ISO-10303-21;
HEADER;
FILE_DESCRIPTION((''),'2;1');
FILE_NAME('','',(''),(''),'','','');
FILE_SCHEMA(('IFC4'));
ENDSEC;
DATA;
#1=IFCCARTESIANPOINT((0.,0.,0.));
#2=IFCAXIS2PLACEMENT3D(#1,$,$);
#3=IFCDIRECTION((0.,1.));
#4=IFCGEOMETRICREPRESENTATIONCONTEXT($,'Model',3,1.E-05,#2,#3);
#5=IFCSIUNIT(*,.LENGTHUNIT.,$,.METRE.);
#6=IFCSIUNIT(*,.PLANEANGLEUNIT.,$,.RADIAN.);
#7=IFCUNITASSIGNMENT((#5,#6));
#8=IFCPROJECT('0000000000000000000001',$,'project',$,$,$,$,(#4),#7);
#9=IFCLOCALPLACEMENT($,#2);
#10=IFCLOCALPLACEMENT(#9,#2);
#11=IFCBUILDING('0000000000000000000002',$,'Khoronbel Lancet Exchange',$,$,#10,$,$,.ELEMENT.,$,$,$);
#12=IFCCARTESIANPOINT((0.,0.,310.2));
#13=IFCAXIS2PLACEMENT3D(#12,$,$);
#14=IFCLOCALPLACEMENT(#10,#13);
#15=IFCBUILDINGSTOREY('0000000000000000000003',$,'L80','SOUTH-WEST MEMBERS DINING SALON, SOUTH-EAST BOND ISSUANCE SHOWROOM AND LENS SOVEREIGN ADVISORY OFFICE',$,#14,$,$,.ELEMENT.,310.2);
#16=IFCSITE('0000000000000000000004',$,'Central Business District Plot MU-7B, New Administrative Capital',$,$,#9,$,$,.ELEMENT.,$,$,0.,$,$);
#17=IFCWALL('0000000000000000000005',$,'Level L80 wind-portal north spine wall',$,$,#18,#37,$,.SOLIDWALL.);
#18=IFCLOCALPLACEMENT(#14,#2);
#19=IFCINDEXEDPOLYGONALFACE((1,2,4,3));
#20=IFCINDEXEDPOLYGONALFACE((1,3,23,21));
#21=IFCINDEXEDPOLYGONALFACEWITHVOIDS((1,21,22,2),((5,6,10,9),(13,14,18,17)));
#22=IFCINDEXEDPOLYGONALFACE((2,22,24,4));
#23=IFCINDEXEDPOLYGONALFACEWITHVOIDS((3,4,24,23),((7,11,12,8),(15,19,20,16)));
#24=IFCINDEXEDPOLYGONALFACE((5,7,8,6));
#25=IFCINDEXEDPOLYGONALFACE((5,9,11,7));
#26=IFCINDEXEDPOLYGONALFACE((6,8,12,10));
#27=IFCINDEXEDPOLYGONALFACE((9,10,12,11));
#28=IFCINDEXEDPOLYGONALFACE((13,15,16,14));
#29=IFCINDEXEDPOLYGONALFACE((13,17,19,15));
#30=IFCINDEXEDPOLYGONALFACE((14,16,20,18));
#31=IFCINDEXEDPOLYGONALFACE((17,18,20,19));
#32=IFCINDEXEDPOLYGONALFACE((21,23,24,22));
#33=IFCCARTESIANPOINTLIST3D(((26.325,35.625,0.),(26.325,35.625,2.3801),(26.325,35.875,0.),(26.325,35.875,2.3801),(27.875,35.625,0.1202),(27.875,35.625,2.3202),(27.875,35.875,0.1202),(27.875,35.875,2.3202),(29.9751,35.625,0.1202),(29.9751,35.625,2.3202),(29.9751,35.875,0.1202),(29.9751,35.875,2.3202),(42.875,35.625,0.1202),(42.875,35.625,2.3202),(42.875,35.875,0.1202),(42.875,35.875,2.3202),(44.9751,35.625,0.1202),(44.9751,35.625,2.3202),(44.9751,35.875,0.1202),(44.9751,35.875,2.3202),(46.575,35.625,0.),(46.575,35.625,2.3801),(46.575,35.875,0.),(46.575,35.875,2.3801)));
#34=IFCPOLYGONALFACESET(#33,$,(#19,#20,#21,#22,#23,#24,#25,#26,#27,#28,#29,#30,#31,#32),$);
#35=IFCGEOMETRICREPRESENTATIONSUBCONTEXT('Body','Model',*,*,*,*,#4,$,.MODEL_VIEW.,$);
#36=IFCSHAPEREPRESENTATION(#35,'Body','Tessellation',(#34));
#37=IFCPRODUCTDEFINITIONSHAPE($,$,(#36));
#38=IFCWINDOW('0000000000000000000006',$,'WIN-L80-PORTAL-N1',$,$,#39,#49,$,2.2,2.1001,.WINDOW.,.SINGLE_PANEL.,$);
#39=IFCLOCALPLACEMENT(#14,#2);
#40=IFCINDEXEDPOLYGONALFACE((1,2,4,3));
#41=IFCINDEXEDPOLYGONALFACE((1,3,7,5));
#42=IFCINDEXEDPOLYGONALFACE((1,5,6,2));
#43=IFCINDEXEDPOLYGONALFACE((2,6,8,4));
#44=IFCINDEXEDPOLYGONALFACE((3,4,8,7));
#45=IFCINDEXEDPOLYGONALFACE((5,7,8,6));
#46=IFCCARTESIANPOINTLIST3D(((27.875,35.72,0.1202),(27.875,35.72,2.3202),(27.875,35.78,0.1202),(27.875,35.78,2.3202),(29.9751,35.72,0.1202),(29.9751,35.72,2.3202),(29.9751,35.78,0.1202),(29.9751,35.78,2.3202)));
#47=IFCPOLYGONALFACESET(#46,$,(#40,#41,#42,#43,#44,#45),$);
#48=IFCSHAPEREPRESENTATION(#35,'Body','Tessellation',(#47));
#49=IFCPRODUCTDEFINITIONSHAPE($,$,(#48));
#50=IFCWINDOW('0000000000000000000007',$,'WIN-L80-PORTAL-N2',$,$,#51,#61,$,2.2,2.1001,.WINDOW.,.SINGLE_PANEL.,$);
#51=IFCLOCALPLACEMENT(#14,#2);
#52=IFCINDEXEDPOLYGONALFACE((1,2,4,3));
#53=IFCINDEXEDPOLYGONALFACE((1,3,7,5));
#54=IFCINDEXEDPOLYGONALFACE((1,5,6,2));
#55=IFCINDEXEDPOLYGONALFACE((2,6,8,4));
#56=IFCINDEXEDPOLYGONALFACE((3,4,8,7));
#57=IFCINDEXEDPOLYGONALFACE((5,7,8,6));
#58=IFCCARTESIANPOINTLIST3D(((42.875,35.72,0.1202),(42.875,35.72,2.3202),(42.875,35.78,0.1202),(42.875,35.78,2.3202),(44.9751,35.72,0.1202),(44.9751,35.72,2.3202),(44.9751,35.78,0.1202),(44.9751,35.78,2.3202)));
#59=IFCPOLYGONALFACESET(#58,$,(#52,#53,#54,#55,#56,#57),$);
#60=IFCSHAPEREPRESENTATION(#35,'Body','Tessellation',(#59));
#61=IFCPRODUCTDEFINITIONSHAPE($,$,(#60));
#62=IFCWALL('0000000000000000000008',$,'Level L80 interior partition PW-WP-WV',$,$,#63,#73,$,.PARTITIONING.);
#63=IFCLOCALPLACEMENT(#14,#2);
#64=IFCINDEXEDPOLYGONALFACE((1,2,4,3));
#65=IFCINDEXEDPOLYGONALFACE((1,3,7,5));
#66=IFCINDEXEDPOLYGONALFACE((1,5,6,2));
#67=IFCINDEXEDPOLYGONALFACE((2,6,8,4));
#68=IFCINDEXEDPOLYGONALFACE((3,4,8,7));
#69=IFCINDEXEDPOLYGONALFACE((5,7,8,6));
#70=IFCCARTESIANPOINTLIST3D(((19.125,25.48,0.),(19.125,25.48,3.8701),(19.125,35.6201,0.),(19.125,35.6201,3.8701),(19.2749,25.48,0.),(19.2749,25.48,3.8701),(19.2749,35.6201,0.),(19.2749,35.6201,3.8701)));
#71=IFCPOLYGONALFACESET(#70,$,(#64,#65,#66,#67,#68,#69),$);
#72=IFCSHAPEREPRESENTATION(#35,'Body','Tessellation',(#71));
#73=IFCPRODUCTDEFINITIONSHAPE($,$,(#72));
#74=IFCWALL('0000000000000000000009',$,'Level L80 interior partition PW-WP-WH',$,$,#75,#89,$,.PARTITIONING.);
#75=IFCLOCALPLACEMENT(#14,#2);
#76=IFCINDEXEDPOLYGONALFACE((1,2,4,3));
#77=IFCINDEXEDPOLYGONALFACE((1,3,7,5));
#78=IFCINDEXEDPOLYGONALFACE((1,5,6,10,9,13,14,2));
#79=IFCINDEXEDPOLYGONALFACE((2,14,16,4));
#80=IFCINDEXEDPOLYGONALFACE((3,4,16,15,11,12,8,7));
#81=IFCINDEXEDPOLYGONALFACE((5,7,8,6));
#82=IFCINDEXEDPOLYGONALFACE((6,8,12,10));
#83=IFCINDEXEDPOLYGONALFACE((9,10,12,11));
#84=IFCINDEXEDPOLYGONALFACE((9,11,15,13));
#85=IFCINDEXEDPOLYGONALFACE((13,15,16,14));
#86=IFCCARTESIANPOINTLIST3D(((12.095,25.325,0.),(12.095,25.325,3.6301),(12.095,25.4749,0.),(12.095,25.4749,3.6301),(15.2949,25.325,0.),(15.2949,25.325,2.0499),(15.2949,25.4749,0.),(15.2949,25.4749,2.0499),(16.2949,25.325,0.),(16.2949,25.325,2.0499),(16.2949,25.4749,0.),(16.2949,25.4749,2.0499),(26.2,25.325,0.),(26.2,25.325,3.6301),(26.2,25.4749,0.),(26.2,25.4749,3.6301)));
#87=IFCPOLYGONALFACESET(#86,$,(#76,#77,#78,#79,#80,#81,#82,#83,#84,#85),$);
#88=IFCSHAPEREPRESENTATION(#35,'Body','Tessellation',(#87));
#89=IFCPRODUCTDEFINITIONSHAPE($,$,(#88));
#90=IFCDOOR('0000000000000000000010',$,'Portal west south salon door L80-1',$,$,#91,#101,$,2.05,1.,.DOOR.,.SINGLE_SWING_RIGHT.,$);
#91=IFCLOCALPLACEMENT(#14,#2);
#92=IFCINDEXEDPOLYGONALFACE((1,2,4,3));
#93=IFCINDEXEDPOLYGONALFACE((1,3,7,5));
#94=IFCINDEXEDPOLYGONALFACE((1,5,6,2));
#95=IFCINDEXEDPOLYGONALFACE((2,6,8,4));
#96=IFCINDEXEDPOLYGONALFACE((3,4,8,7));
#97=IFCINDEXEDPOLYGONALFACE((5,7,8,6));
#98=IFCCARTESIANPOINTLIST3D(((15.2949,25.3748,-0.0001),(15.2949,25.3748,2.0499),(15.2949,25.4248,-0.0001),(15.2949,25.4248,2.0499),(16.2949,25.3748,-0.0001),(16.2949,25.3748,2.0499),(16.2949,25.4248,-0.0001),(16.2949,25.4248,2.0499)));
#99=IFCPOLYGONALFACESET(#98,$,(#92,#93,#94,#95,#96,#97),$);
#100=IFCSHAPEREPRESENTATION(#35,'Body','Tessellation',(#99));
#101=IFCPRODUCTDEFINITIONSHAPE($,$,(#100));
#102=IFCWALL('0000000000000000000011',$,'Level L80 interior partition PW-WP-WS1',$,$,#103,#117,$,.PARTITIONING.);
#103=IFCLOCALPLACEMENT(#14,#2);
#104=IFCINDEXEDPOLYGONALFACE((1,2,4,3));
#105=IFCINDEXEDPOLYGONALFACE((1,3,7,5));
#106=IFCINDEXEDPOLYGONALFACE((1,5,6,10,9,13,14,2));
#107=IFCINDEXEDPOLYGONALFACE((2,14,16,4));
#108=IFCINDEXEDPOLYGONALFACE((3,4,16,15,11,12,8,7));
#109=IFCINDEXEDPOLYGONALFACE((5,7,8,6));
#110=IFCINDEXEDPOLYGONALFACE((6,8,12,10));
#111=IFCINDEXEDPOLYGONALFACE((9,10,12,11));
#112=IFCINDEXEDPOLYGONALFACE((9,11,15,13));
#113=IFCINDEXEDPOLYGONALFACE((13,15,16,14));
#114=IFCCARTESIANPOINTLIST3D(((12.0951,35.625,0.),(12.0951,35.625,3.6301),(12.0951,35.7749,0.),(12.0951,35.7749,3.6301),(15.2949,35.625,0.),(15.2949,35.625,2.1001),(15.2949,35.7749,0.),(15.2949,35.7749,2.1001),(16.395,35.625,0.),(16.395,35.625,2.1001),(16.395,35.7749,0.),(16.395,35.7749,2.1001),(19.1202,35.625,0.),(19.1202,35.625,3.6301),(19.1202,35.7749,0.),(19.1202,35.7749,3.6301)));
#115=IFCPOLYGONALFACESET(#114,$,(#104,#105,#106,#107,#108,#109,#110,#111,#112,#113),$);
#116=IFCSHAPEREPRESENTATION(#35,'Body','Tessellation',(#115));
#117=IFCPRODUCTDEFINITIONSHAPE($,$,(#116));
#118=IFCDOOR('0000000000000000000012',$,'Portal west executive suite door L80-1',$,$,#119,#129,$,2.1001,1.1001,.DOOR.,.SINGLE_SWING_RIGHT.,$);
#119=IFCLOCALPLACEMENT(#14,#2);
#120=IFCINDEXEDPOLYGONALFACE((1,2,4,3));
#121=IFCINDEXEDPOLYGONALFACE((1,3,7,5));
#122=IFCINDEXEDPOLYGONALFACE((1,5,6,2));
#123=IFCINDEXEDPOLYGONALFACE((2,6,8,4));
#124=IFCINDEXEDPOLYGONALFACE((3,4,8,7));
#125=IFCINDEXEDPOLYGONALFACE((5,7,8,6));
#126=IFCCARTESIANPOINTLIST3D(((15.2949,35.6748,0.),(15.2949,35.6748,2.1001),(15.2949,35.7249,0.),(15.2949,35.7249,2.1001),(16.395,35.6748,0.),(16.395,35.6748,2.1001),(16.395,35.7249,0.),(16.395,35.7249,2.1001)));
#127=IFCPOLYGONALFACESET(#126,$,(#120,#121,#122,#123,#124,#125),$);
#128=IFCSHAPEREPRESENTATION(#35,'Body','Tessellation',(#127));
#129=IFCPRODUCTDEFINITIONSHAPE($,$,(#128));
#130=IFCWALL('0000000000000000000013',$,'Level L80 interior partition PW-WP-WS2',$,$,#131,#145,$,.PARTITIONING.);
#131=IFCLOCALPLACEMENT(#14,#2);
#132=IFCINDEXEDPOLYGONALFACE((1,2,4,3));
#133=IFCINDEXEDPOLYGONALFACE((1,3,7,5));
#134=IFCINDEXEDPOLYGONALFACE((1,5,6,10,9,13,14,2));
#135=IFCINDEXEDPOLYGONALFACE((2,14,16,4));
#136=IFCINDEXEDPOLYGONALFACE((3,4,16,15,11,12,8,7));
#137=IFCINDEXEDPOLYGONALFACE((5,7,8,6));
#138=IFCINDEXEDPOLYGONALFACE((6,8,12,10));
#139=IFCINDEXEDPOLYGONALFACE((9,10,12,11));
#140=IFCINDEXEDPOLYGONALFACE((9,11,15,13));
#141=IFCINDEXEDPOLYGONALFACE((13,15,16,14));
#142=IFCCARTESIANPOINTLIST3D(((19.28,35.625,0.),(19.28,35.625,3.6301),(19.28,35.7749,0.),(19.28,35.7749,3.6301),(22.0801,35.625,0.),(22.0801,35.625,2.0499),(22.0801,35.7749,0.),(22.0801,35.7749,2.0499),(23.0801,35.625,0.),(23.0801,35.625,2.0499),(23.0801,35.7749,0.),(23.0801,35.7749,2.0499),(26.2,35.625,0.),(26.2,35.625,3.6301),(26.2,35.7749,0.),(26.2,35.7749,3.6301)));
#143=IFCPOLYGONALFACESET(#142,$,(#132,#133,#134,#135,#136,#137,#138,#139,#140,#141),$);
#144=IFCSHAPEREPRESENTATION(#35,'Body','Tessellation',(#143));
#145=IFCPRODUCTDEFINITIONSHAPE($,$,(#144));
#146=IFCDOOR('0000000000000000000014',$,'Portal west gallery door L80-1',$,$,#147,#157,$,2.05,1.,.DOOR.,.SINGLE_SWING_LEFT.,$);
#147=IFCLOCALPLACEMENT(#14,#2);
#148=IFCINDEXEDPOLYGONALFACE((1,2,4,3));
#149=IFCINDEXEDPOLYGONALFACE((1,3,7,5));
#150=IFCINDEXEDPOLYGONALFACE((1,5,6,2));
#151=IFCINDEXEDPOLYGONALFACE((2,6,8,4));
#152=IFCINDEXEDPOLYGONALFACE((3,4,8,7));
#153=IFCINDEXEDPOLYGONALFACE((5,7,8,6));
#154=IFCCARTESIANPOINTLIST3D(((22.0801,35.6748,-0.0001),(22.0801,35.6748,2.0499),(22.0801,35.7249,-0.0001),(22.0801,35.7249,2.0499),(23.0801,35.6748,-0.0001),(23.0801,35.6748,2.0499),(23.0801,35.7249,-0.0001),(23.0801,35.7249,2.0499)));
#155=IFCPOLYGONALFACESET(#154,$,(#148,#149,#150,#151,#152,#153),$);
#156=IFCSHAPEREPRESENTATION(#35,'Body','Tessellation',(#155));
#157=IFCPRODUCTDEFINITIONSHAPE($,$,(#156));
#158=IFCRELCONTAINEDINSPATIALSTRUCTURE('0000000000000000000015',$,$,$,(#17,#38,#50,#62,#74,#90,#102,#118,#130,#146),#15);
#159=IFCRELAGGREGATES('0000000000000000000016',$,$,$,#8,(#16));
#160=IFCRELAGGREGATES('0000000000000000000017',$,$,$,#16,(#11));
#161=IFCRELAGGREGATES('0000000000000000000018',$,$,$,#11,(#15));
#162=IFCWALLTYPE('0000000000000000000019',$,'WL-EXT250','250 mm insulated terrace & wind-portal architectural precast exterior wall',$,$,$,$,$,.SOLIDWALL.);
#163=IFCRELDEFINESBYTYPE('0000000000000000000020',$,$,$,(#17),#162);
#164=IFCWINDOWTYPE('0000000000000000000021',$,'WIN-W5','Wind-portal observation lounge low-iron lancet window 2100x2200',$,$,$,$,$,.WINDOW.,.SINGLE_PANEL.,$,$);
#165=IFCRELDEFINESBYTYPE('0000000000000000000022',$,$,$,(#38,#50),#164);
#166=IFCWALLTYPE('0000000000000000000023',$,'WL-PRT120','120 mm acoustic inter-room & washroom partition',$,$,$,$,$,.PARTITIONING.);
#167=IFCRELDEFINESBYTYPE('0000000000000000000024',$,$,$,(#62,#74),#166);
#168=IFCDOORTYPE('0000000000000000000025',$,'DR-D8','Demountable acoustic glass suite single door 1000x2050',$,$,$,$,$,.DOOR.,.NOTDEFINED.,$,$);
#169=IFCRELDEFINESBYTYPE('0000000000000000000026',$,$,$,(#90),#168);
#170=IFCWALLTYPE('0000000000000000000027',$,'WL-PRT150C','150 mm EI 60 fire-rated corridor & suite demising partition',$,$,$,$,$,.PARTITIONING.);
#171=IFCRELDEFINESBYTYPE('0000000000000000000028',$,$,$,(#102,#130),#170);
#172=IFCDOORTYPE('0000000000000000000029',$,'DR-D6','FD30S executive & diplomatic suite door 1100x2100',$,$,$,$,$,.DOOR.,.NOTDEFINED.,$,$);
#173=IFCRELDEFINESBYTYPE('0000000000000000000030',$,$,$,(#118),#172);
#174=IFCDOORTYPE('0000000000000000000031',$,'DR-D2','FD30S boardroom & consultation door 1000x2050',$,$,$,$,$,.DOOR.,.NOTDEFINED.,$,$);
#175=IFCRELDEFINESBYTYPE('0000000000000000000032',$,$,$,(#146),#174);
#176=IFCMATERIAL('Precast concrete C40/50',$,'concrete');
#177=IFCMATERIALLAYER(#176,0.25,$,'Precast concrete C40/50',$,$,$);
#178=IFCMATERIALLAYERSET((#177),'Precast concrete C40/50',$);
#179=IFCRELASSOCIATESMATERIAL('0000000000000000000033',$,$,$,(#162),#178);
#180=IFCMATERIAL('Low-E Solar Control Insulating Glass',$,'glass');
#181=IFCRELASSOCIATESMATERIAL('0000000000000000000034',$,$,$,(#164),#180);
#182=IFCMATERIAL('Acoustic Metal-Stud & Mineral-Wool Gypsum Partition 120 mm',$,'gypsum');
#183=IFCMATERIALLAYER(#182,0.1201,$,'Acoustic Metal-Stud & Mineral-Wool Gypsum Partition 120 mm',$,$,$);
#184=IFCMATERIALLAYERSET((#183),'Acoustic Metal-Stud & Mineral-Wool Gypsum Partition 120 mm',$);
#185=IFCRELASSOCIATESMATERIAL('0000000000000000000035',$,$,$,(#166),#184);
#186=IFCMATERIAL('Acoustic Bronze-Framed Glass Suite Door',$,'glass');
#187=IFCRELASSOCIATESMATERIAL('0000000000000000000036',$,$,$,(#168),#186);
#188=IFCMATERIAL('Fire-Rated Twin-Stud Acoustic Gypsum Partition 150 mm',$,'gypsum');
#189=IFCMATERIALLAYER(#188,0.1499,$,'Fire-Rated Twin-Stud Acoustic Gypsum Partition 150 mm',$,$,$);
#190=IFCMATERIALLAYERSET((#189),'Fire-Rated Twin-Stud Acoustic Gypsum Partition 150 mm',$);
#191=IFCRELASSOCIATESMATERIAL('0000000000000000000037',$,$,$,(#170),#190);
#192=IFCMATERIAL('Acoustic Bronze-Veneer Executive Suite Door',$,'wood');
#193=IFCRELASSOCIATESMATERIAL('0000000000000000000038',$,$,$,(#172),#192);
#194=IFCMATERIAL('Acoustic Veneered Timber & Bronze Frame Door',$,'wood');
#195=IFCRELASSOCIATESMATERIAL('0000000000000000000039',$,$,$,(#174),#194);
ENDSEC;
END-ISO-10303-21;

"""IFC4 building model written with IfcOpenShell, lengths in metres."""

from ifc_helpers import new_model, si_unit, direction, frame, frame_2d, origin, place, context, subcontext, project, spatial, rectangle, extrude, material, layer, layer_set, type_object, element, fill, save


model = new_model("IFC4")

# Units and contexts
model_context = context("Model", 3, precision=1e-05, world=origin(), true_north=direction((0.0, 1.0)))
body_context = subcontext(model_context, "Body", "Model", "MODEL_VIEW")
ifc_project = project(units=[si_unit("LENGTHUNIT", "METRE"), si_unit("PLANEANGLEUNIT", "RADIAN")], contexts=[model_context])

# Site, building, storey
site_placement = place(None, origin())
site = spatial("IfcSite", under=ifc_project, at=site_placement, Name="Central Business District Plot MU-7B, New Administrative Capital", CompositionType="ELEMENT", RefElevation=0.0)
building_placement = place(site_placement, origin())
building = spatial("IfcBuilding", under=site, at=building_placement, Name="Khoronbel Lancet Exchange", CompositionType="ELEMENT")
storey_placement = place(building_placement, frame((0.0, 0.0, 310.2)))
storey = spatial("IfcBuildingStorey", under=building, at=storey_placement, Name="L80", Description="SOUTH-WEST MEMBERS DINING SALON, SOUTH-EAST BOND ISSUANCE SHOWROOM AND LENS SOVEREIGN ADVISORY OFFICE", CompositionType="ELEMENT", Elevation=310.2)

# Wall, openings, windows
ifc_material_1 = material(Name="Precast concrete C40/50", Category="concrete")
ifc_layer_1 = layer(ifc_material_1, 0.25, Name="Precast concrete C40/50")
ifc_layer_set_1 = layer_set([ifc_layer_1], Name="Precast concrete C40/50")
wall_type_1 = type_object("IfcWallType", Name="WL-EXT250", Description="250 mm insulated terrace & wind-portal architectural precast exterior wall", PredefinedType="SOLIDWALL", material=ifc_layer_set_1)
ifc_material_2 = material(Name="Low-E Solar Control Insulating Glass", Category="glass")
window_type = type_object("IfcWindowType", Name="WIN-W5", Description="Wind-portal observation lounge low-iron lancet window 2100x2200", PartitioningType="SINGLE_PANEL", PredefinedType="WINDOW", material=ifc_material_2)
wall_1_placement = place(storey_placement, frame((26.325, 35.75, 0.0), z_axis=(0.0, 0.0, 1.0), x_axis=(1.0, 0.0, 0.0)))
wall_1 = element("IfcWall", 1, at=wall_1_placement, inside=storey, type_object=wall_type_1, Name="Level L80 wind-portal north spine wall", PredefinedType="SOLIDWALL", context=body_context, shape_type="SweptSolid", body=[
    extrude(rectangle(XDim=20.25, YDim=0.25, at=frame_2d((10.125, 0.0))), origin(), (0.0, 0.0, 1.0), 2.3801),
])
opening_1_placement = place(wall_1_placement, frame((1.55, 0.0, 0.1201)))
opening_1 = element("IfcOpeningElement", 2, at=opening_1_placement, cuts=wall_1, PredefinedType="OPENING", context=body_context, shape_type="SweptSolid", body=[
    extrude(rectangle(XDim=2.1001, YDim=2.2, at=frame_2d((1.05, 1.1001))), frame((0.0, 0.135, 0.0), z_axis=(0.0, -1.0, 0.0), x_axis=(1.0, 0.0, 0.0)), (0.0, 0.0, 1.0), 0.27),
])
opening_2_placement = place(wall_1_placement, frame((16.55, 0.0, 0.1201)))
opening_2 = element("IfcOpeningElement", 3, at=opening_2_placement, cuts=wall_1, PredefinedType="OPENING", context=body_context, shape_type="SweptSolid", body=[
    extrude(rectangle(XDim=2.1001, YDim=2.2, at=frame_2d((1.05, 1.1001))), frame((0.0, 0.135, 0.0), z_axis=(0.0, -1.0, 0.0), x_axis=(1.0, 0.0, 0.0)), (0.0, 0.0, 1.0), 0.27),
])
window_1_placement = place(opening_1_placement, origin())
window_1 = element("IfcWindow", 4, at=window_1_placement, inside=storey, type_object=window_type, Name="WIN-L80-PORTAL-N1", OverallHeight=2.2, OverallWidth=2.1001, PartitioningType="SINGLE_PANEL", PredefinedType="WINDOW", context=body_context, shape_type="SweptSolid", body=[
    extrude(rectangle(XDim=2.1001, YDim=2.2, at=frame_2d((1.05, 1.1001))), frame((0.0, 0.03, 0.0), z_axis=(0.0, -1.0, 0.0), x_axis=(1.0, 0.0, 0.0)), (0.0, 0.0, 1.0), 0.0601),
])
fill(opening_1, window_1)
window_2_placement = place(opening_2_placement, origin())
window_2 = element("IfcWindow", 5, at=window_2_placement, inside=storey, type_object=window_type, Name="WIN-L80-PORTAL-N2", OverallHeight=2.2, OverallWidth=2.1001, PartitioningType="SINGLE_PANEL", PredefinedType="WINDOW", context=body_context, shape_type="SweptSolid", body=[
    extrude(rectangle(XDim=2.1001, YDim=2.2, at=frame_2d((1.05, 1.1001))), frame((0.0, 0.03, 0.0), z_axis=(0.0, -1.0, 0.0), x_axis=(1.0, 0.0, 0.0)), (0.0, 0.0, 1.0), 0.0601),
])
fill(opening_2, window_2)

# Wall
ifc_material_3 = material(Name="Acoustic Metal-Stud & Mineral-Wool Gypsum Partition 120 mm", Category="gypsum")
ifc_layer_2 = layer(ifc_material_3, 0.1201, Name="Acoustic Metal-Stud & Mineral-Wool Gypsum Partition 120 mm")
ifc_layer_set_2 = layer_set([ifc_layer_2], Name="Acoustic Metal-Stud & Mineral-Wool Gypsum Partition 120 mm")
wall_type_2 = type_object("IfcWallType", Name="WL-PRT120", Description="120 mm acoustic inter-room & washroom partition", PredefinedType="PARTITIONING", material=ifc_layer_set_2)
wall_2_placement = place(storey_placement, frame((19.2, 25.48, 0.0), z_axis=(0.0, 0.0, 1.0), x_axis=(0.0, 1.0, 0.0)))
element("IfcWall", 6, at=wall_2_placement, inside=storey, type_object=wall_type_2, Name="Level L80 interior partition PW-WP-WV", PredefinedType="PARTITIONING", context=body_context, shape_type="SweptSolid", body=[
    extrude(rectangle(XDim=10.1401, YDim=0.1499, at=frame_2d((5.0701, 0.0))), origin(), (0.0, 0.0, 1.0), 3.8701),
])

# Walls, openings, doors
wall_3_placement = place(storey_placement, frame((12.095, 25.3999, 0.0), z_axis=(0.0, 0.0, 1.0), x_axis=(1.0, 0.0, 0.0)))
wall_3 = element("IfcWall", 7, at=wall_3_placement, inside=storey, type_object=wall_type_2, Name="Level L80 interior partition PW-WP-WH", PredefinedType="PARTITIONING", context=body_context, shape_type="SweptSolid", body=[
    extrude(rectangle(XDim=14.105, YDim=0.1499, at=frame_2d((7.0525, 0.0))), origin(), (0.0, 0.0, 1.0), 3.6301),
])
opening_3_placement = place(wall_3_placement, frame((3.2, 0.0, 0.0)))
opening_3 = element("IfcOpeningElement", 8, at=opening_3_placement, cuts=wall_3, PredefinedType="OPENING", context=body_context, shape_type="SweptSolid", body=[
    extrude(rectangle(XDim=1.0, YDim=2.05, at=frame_2d((0.5, 1.0249))), frame((0.0, 0.085, 0.0), z_axis=(0.0, -1.0, 0.0), x_axis=(1.0, 0.0, 0.0)), (0.0, 0.0, 1.0), 0.1699),
])
ifc_material_4 = material(Name="Acoustic Bronze-Framed Glass Suite Door", Category="glass")
door_type_1 = type_object("IfcDoorType", Name="DR-D8", Description="Demountable acoustic glass suite single door 1000x2050", OperationType="NOTDEFINED", PredefinedType="DOOR", material=ifc_material_4)
door_1_placement = place(opening_3_placement, origin())
door_1 = element("IfcDoor", 9, at=door_1_placement, inside=storey, type_object=door_type_1, Name="Portal west south salon door L80-1", OperationType="SINGLE_SWING_RIGHT", OverallHeight=2.05, OverallWidth=1.0, PredefinedType="DOOR", context=body_context, shape_type="SweptSolid", body=[
    extrude(rectangle(XDim=1.0, YDim=2.05, at=frame_2d((0.5, 1.0249))), frame((0.0, 0.0249, 0.0), z_axis=(0.0, -1.0, 0.0), x_axis=(1.0, 0.0, 0.0)), (0.0, 0.0, 1.0), 0.05),
])
fill(opening_3, door_1)
ifc_material_5 = material(Name="Fire-Rated Twin-Stud Acoustic Gypsum Partition 150 mm", Category="gypsum")
ifc_layer_3 = layer(ifc_material_5, 0.1499, Name="Fire-Rated Twin-Stud Acoustic Gypsum Partition 150 mm")
ifc_layer_set_3 = layer_set([ifc_layer_3], Name="Fire-Rated Twin-Stud Acoustic Gypsum Partition 150 mm")
wall_type_3 = type_object("IfcWallType", Name="WL-PRT150C", Description="150 mm EI 60 fire-rated corridor & suite demising partition", PredefinedType="PARTITIONING", material=ifc_layer_set_3)
wall_4_placement = place(storey_placement, frame((12.095, 35.7, 0.0), z_axis=(0.0, 0.0, 1.0), x_axis=(1.0, 0.0, 0.0)))
wall_4 = element("IfcWall", 10, at=wall_4_placement, inside=storey, type_object=wall_type_3, Name="Level L80 interior partition PW-WP-WS1", PredefinedType="PARTITIONING", context=body_context, shape_type="SweptSolid", body=[
    extrude(rectangle(XDim=7.0251, YDim=0.1499, at=frame_2d((3.5127, 0.0))), origin(), (0.0, 0.0, 1.0), 3.6301),
])
opening_4_placement = place(wall_4_placement, frame((3.2, 0.0, 0.0)))
opening_4 = element("IfcOpeningElement", 11, at=opening_4_placement, cuts=wall_4, PredefinedType="OPENING", context=body_context, shape_type="SweptSolid", body=[
    extrude(rectangle(XDim=1.1001, YDim=2.1001, at=frame_2d((0.55, 1.05))), frame((0.0, 0.085, 0.0), z_axis=(0.0, -1.0, 0.0), x_axis=(1.0, 0.0, 0.0)), (0.0, 0.0, 1.0), 0.1699),
])
ifc_material_6 = material(Name="Acoustic Bronze-Veneer Executive Suite Door", Category="wood")
door_type_2 = type_object("IfcDoorType", Name="DR-D6", Description="FD30S executive & diplomatic suite door 1100x2100", OperationType="NOTDEFINED", PredefinedType="DOOR", material=ifc_material_6)
door_2_placement = place(opening_4_placement, origin())
door_2 = element("IfcDoor", 12, at=door_2_placement, inside=storey, type_object=door_type_2, Name="Portal west executive suite door L80-1", OperationType="SINGLE_SWING_RIGHT", OverallHeight=2.1001, OverallWidth=1.1001, PredefinedType="DOOR", context=body_context, shape_type="SweptSolid", body=[
    extrude(rectangle(XDim=1.1001, YDim=2.1001, at=frame_2d((0.55, 1.05))), frame((0.0, 0.0249, 0.0), z_axis=(0.0, -1.0, 0.0), x_axis=(1.0, 0.0, 0.0)), (0.0, 0.0, 1.0), 0.05),
])
fill(opening_4, door_2)
wall_5_placement = place(storey_placement, frame((19.28, 35.7, 0.0), z_axis=(0.0, 0.0, 1.0), x_axis=(1.0, 0.0, 0.0)))
wall_5 = element("IfcWall", 13, at=wall_5_placement, inside=storey, type_object=wall_type_3, Name="Level L80 interior partition PW-WP-WS2", PredefinedType="PARTITIONING", context=body_context, shape_type="SweptSolid", body=[
    extrude(rectangle(XDim=6.9199, YDim=0.1499, at=frame_2d((3.46, 0.0))), origin(), (0.0, 0.0, 1.0), 3.6301),
])
opening_5_placement = place(wall_5_placement, frame((2.8, 0.0, 0.0)))
opening_5 = element("IfcOpeningElement", 14, at=opening_5_placement, cuts=wall_5, PredefinedType="OPENING", context=body_context, shape_type="SweptSolid", body=[
    extrude(rectangle(XDim=1.0, YDim=2.05, at=frame_2d((0.5, 1.0249))), frame((0.0, 0.085, 0.0), z_axis=(0.0, -1.0, 0.0), x_axis=(1.0, 0.0, 0.0)), (0.0, 0.0, 1.0), 0.1699),
])
ifc_material_7 = material(Name="Acoustic Veneered Timber & Bronze Frame Door", Category="wood")
door_type_3 = type_object("IfcDoorType", Name="DR-D2", Description="FD30S boardroom & consultation door 1000x2050", OperationType="NOTDEFINED", PredefinedType="DOOR", material=ifc_material_7)
door_3_placement = place(opening_5_placement, origin())
door_3 = element("IfcDoor", 15, at=door_3_placement, inside=storey, type_object=door_type_3, Name="Portal west gallery door L80-1", OperationType="SINGLE_SWING_LEFT", OverallHeight=2.05, OverallWidth=1.0, PredefinedType="DOOR", context=body_context, shape_type="SweptSolid", body=[
    extrude(rectangle(XDim=1.0, YDim=2.05, at=frame_2d((0.5, 1.0249))), frame((0.0, 0.0249, 0.0), z_axis=(0.0, -1.0, 0.0), x_axis=(1.0, 0.0, 0.0)), (0.0, 0.0, 1.0), 0.05),
])
fill(opening_5, door_3)

save(model, "model.ifc")
